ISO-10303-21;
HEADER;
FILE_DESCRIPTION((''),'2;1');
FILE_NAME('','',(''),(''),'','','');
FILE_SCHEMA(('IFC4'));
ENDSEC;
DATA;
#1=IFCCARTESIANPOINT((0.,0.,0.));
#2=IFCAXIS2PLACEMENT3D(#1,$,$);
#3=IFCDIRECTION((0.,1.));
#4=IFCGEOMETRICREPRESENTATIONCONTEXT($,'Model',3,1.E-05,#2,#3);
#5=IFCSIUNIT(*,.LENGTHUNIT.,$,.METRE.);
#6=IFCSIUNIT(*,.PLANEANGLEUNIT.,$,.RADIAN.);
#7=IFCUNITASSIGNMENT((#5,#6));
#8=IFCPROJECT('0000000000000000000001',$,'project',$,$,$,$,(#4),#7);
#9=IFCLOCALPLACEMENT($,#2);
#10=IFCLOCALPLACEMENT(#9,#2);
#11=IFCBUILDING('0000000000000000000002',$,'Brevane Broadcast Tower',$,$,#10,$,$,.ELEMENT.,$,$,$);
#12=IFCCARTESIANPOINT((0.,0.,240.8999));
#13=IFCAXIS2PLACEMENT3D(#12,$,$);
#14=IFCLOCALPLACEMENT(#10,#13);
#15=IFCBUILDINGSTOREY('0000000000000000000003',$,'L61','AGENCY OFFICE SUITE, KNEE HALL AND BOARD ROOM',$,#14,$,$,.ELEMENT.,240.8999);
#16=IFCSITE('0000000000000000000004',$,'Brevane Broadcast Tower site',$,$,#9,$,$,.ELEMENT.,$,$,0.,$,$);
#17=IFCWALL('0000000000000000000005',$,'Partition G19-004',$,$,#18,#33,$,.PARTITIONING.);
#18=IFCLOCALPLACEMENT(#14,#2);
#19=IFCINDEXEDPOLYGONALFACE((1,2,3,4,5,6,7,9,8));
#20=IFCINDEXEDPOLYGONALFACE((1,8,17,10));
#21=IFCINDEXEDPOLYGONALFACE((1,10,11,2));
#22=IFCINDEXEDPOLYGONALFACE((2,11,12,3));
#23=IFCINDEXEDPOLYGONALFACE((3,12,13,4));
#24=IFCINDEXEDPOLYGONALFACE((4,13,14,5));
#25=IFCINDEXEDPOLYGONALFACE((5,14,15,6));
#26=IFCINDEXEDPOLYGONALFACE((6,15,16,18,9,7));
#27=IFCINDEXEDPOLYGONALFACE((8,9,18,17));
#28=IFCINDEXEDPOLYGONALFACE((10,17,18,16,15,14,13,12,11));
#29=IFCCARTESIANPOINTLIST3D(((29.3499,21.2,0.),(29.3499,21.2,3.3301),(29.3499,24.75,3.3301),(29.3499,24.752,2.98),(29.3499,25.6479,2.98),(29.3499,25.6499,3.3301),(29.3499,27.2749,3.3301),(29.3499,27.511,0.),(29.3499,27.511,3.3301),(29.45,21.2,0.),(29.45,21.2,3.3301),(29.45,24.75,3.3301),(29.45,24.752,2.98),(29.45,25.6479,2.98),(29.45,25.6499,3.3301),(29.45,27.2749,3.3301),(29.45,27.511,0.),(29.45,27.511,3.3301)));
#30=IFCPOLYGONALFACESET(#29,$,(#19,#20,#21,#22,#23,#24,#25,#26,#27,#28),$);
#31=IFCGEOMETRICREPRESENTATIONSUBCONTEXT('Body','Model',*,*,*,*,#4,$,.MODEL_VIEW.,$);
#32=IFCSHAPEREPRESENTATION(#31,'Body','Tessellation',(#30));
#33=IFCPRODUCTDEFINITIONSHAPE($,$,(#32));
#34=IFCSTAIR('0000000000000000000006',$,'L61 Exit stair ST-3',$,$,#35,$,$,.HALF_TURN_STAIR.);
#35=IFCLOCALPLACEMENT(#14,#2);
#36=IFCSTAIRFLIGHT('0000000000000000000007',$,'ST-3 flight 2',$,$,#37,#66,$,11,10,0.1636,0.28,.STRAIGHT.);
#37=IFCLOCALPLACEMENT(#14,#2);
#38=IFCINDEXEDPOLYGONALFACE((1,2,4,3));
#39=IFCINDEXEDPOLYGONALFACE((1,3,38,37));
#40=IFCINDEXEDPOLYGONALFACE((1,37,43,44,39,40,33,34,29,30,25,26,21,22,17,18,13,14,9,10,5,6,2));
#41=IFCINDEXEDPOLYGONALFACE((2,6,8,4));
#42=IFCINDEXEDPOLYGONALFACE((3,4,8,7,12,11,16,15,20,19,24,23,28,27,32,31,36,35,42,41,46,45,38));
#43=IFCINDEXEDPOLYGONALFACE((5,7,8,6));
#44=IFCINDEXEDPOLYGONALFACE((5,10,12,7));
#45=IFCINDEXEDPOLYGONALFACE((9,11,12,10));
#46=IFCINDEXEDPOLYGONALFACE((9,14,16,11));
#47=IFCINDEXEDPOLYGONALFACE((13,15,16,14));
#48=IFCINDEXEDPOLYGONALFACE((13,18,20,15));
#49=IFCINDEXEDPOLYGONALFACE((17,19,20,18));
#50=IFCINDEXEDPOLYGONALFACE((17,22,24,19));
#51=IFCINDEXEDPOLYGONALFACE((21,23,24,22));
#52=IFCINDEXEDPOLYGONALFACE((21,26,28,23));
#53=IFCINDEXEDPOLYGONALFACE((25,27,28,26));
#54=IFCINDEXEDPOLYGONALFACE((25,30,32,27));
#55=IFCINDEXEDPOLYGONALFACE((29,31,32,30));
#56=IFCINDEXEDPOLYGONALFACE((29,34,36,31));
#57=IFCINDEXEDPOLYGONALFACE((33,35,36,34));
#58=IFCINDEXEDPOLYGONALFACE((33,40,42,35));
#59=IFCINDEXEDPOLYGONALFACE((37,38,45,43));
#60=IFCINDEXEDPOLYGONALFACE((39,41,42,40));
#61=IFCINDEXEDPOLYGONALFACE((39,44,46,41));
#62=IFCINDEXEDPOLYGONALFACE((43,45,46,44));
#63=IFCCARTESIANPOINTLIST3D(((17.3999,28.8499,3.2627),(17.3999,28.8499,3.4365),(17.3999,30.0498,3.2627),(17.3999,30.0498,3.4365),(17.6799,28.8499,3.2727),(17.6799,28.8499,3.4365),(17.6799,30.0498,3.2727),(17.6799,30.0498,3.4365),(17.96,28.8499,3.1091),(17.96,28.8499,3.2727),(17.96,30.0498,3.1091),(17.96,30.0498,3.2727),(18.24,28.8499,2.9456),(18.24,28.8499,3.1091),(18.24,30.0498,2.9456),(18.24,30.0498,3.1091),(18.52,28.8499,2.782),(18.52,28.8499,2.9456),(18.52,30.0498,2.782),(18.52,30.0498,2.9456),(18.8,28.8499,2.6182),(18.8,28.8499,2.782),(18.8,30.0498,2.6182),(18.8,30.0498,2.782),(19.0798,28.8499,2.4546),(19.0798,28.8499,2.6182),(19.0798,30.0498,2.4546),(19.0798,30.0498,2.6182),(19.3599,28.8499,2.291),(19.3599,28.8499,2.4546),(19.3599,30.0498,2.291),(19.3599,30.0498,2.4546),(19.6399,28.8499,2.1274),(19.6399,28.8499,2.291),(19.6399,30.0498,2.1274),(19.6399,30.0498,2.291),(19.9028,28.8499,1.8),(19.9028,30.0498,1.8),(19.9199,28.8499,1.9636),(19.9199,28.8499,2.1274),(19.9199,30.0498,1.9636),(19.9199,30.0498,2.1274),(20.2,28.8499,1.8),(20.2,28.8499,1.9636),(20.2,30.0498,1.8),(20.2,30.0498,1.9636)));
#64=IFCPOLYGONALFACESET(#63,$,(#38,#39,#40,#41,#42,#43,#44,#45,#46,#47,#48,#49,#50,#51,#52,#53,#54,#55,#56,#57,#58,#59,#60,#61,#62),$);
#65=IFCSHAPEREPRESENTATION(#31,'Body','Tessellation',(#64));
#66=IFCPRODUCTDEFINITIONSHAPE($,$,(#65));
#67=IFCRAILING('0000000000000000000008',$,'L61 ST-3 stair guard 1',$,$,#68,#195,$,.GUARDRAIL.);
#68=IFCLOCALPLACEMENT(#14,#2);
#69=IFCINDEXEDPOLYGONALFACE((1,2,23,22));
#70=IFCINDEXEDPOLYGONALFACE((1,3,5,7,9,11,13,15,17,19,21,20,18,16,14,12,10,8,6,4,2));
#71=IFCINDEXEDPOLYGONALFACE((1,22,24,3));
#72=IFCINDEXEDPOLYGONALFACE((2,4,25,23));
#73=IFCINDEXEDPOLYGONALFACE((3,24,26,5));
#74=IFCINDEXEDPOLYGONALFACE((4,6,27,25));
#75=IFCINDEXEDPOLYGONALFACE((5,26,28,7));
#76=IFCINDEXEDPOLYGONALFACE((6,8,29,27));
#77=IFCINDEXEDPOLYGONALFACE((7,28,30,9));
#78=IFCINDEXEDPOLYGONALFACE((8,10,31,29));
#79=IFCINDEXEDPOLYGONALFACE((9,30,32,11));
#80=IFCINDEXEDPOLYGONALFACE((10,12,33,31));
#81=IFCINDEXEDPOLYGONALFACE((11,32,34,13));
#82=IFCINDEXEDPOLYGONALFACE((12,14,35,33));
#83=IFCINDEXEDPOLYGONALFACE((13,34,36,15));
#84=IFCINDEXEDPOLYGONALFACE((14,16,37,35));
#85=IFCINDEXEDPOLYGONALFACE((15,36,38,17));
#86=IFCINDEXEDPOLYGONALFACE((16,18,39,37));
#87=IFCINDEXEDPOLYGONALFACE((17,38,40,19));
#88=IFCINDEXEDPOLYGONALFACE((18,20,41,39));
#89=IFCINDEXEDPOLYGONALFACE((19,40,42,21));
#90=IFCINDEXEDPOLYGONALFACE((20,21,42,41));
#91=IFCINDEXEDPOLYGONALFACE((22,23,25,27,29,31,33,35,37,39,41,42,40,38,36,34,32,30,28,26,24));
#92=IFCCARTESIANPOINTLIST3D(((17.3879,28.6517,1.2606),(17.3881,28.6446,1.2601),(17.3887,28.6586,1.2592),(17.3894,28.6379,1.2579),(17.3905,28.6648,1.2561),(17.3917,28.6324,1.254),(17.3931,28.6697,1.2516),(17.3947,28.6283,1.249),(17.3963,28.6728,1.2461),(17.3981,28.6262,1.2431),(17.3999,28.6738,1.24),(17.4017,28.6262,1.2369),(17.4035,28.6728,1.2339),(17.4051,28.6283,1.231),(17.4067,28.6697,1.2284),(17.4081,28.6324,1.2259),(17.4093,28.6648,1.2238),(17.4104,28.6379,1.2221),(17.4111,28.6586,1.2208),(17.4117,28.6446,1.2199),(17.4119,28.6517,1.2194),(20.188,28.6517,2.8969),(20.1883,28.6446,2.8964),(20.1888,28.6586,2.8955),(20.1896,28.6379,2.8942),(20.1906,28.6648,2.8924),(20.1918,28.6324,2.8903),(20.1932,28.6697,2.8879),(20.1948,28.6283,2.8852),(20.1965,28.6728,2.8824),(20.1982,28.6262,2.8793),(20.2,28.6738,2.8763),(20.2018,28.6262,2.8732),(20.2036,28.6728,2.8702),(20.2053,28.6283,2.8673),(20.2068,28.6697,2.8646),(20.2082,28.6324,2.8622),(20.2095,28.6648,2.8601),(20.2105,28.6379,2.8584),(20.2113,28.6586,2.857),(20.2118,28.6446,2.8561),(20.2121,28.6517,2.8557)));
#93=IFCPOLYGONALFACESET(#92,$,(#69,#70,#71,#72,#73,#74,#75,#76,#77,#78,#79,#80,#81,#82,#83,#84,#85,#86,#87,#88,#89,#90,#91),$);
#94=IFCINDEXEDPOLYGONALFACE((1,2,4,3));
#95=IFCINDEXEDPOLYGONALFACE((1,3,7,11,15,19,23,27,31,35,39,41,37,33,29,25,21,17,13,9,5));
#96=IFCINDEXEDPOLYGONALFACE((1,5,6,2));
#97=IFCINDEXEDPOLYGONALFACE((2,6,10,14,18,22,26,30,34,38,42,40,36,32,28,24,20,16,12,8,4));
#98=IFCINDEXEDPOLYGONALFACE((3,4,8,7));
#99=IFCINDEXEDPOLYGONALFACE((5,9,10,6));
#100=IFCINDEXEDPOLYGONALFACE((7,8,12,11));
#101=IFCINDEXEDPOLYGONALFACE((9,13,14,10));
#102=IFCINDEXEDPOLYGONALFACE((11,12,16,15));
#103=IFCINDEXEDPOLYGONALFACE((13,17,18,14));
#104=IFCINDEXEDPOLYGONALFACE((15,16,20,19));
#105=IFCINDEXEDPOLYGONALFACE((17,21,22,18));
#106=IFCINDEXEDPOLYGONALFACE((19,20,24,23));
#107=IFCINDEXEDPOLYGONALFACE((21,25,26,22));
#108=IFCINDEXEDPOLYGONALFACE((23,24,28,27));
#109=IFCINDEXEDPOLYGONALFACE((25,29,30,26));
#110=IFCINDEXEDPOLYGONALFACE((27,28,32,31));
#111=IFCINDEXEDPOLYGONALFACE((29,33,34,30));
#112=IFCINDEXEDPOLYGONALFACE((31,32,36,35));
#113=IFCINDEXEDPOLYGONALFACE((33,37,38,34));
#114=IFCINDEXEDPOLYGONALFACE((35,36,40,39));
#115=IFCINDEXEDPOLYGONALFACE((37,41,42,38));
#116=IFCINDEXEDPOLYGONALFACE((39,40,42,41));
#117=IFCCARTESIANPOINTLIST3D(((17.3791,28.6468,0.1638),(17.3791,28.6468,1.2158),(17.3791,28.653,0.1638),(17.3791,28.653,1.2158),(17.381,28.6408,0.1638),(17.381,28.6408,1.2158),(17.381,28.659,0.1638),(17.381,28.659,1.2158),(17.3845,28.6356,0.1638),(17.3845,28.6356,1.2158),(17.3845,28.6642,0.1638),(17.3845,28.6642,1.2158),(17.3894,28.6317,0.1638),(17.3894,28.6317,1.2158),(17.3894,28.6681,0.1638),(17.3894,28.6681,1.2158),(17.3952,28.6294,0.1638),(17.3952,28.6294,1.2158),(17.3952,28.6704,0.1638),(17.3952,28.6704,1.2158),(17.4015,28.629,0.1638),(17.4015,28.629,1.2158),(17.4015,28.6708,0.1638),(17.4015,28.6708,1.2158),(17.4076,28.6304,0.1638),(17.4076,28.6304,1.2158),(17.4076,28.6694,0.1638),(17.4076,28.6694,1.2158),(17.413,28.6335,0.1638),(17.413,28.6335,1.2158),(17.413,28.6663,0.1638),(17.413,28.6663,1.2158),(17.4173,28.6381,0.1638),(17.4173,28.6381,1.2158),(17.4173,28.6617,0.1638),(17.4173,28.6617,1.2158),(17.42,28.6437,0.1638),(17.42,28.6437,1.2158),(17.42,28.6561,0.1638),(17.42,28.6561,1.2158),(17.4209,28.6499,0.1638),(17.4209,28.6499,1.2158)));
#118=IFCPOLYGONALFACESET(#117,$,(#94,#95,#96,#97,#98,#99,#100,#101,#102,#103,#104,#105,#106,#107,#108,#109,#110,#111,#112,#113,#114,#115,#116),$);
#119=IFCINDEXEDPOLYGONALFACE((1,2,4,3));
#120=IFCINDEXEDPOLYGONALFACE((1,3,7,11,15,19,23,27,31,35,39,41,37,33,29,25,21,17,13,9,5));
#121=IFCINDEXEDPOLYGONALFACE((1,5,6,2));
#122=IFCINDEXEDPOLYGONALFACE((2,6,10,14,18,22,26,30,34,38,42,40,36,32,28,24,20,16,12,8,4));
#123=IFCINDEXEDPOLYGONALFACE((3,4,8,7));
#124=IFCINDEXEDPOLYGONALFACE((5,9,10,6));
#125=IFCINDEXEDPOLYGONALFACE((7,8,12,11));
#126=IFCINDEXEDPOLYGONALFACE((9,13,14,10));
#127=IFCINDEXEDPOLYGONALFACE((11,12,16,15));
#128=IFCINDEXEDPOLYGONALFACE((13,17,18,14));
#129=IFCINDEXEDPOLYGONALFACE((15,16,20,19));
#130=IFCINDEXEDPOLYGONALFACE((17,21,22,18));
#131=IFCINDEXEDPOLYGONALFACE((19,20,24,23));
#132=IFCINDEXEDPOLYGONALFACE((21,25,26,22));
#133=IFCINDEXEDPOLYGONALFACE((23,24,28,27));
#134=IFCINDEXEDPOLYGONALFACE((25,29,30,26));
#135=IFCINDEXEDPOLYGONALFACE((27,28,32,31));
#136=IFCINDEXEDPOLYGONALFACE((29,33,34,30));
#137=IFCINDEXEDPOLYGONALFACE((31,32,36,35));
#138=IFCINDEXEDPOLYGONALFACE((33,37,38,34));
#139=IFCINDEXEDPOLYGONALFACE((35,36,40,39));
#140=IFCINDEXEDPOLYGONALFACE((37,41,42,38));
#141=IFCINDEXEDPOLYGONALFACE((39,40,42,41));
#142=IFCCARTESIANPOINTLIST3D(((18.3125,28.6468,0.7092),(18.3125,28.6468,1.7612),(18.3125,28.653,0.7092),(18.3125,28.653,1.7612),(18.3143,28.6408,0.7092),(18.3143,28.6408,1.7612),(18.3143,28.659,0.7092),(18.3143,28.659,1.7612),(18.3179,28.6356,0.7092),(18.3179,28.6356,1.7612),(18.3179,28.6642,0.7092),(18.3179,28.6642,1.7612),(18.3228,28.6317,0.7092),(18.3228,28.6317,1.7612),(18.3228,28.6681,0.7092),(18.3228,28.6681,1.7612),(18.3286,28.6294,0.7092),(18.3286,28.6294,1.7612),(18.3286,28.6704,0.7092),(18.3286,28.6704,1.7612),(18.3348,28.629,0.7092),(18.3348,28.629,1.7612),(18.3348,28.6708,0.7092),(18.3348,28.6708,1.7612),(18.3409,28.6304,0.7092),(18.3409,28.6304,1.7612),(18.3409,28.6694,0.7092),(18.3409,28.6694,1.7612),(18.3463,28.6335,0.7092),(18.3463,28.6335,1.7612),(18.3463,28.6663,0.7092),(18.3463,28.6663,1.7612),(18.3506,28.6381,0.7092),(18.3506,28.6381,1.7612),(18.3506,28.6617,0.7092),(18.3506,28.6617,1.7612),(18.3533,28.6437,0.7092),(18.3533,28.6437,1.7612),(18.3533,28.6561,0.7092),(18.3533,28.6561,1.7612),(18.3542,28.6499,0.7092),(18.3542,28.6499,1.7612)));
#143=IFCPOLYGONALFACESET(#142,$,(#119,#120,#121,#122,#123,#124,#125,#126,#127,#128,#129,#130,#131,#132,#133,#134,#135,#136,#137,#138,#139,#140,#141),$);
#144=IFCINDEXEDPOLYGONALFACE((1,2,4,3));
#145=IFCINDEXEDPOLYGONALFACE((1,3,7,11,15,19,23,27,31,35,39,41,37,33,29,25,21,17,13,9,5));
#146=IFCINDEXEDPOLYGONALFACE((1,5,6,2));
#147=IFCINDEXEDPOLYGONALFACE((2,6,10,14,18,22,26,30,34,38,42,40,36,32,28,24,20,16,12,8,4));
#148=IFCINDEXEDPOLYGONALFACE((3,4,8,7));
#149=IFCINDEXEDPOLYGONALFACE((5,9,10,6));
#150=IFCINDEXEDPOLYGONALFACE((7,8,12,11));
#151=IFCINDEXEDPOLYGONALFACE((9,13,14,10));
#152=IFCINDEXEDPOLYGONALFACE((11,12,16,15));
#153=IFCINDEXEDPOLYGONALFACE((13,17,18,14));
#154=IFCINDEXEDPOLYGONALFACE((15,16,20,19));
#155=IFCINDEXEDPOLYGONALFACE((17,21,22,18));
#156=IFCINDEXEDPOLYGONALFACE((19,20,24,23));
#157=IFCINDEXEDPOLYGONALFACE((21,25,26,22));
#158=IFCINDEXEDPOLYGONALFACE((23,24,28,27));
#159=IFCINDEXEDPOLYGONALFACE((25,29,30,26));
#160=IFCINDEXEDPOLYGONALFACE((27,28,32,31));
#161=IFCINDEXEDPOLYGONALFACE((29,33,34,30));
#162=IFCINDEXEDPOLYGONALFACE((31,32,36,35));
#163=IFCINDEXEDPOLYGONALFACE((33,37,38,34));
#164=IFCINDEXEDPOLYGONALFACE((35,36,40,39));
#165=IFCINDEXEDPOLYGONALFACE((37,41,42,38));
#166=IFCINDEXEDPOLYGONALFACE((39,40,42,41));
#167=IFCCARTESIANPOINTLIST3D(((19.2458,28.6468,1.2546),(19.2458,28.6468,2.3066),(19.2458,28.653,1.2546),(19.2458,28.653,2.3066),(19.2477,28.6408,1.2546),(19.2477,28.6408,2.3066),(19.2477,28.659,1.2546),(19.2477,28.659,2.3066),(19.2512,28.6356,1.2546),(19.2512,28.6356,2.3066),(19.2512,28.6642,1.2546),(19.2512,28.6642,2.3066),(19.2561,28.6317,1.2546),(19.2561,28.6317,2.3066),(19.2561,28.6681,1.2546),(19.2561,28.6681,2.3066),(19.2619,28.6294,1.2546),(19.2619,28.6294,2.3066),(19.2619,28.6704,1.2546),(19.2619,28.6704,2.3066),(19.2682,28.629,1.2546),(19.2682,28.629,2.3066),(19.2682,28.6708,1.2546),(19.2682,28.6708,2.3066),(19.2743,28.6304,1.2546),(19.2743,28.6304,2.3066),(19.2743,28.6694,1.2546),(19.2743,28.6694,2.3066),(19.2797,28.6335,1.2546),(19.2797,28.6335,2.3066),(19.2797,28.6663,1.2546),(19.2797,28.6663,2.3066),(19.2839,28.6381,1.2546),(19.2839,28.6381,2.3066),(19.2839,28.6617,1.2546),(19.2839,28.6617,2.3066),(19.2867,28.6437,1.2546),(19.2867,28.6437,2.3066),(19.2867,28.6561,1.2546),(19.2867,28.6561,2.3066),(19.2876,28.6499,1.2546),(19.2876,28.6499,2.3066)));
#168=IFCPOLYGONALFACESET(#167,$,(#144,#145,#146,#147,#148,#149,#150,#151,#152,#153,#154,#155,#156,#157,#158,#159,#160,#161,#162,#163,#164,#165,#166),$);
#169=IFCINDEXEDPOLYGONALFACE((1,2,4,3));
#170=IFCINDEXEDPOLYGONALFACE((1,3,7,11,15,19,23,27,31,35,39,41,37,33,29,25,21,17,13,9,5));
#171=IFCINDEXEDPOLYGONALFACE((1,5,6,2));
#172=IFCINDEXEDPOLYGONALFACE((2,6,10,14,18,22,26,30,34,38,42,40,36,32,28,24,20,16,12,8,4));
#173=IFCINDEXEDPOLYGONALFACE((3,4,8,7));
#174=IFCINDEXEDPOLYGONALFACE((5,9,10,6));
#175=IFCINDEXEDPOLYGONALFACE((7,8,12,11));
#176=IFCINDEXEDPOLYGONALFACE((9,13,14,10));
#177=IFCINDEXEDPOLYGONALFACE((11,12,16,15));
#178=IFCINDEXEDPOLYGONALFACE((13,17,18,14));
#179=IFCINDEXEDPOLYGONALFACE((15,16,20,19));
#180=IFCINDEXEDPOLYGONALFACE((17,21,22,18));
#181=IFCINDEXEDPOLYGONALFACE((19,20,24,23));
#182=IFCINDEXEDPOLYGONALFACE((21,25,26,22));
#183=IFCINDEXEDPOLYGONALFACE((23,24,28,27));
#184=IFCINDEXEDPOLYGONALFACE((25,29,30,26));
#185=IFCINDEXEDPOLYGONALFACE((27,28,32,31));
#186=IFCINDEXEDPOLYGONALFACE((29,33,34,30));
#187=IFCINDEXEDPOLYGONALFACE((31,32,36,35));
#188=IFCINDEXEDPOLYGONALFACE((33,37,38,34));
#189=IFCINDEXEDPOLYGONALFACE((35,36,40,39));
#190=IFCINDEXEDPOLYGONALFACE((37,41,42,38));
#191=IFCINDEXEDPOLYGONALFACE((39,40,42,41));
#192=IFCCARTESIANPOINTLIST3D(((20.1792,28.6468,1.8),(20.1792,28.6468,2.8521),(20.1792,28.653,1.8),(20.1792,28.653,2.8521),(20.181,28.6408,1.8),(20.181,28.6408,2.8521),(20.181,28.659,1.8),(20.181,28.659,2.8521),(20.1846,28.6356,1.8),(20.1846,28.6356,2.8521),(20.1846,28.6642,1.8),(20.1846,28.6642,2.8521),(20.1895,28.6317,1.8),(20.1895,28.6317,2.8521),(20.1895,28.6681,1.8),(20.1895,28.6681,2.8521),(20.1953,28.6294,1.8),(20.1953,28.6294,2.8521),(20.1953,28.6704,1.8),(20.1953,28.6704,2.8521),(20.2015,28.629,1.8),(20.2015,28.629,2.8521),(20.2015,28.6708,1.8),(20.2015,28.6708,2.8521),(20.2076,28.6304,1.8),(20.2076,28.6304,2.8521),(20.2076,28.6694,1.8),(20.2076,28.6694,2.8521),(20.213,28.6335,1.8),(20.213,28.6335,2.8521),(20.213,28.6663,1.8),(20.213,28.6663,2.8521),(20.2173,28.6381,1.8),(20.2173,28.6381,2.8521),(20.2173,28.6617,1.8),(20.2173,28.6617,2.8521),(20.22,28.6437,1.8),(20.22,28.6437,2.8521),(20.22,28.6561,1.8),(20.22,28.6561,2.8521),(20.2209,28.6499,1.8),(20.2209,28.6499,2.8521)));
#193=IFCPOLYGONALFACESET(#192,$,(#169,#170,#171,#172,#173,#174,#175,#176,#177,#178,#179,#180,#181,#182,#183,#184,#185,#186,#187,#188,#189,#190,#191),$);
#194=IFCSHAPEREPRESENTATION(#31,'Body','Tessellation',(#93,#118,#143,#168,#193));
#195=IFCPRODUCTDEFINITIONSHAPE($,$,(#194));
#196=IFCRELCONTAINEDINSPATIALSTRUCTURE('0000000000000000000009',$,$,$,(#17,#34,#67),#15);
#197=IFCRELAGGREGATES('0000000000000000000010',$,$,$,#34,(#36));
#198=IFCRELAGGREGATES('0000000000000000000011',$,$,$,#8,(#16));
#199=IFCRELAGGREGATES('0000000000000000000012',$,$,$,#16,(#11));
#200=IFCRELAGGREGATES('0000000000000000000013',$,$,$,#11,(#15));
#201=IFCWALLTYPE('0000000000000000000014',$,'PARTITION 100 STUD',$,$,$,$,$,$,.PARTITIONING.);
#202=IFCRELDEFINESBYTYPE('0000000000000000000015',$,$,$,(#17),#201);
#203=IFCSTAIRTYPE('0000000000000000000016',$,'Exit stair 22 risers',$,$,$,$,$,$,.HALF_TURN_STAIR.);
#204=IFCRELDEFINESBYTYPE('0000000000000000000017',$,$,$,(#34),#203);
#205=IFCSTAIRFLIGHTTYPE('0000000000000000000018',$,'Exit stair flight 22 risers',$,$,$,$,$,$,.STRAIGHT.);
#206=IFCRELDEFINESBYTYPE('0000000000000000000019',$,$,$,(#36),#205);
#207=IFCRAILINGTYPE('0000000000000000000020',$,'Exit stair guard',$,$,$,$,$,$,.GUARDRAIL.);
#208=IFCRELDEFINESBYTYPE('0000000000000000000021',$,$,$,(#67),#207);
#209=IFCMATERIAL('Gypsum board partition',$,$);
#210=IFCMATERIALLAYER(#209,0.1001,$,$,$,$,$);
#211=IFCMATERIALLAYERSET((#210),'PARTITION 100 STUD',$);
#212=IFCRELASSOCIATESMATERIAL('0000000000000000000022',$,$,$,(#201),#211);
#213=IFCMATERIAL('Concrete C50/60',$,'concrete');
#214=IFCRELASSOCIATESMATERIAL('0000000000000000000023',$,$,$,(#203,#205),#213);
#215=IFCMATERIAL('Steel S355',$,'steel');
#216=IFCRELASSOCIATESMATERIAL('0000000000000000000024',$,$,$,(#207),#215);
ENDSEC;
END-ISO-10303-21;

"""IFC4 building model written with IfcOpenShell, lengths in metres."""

from ifc_helpers import new_model, si_unit, direction, frame, origin, origin_2d, place, context, subcontext, project, spatial, polyline, circle, outline, extrude, material, layer, layer_set, type_object, element, aggregate, save


model = new_model("IFC4")

# Units and contexts
model_context = context("Model", 3, precision=1e-05, world=origin(), true_north=direction((0.0, 1.0)))
body_context = subcontext(model_context, "Body", "Model", "MODEL_VIEW")
ifc_project = project(units=[si_unit("LENGTHUNIT", "METRE"), si_unit("PLANEANGLEUNIT", "RADIAN")], contexts=[model_context])

# Site, building, storey
site_placement = place(None, origin())
site = spatial("IfcSite", under=ifc_project, at=site_placement, Name="Brevane Broadcast Tower site", CompositionType="ELEMENT", RefElevation=0.0)
building_placement = place(site_placement, origin())
building = spatial("IfcBuilding", under=site, at=building_placement, Name="Brevane Broadcast Tower", CompositionType="ELEMENT")
storey_placement = place(building_placement, frame((0.0, 0.0, 240.8999)))
storey = spatial("IfcBuildingStorey", under=building, at=storey_placement, Name="L61", Description="AGENCY OFFICE SUITE, KNEE HALL AND BOARD ROOM", CompositionType="ELEMENT", Elevation=240.8999)

# Wall
ifc_material_1 = material(Name="Concrete C50/60", Category="concrete")
ifc_material_2 = material(Name="Gypsum board partition")
ifc_layer_1 = layer(ifc_material_2, 0.1001)
ifc_layer_set_1 = layer_set([ifc_layer_1], Name="PARTITION 100 STUD")
wall_type_1 = type_object("IfcWallType", Name="PARTITION 100 STUD", PredefinedType="PARTITIONING", material=ifc_layer_set_1)
wall_1_placement = place(storey_placement, frame((29.3999, 27.511, 0.0), z_axis=(0.0, 0.0, 1.0), x_axis=(0.0, -1.0, 0.0)))
element("IfcWall", 1, at=wall_1_placement, inside=storey, type_object=wall_type_1, Name="Partition G19-004", PredefinedType="PARTITIONING", context=body_context, shape_type="SweptSolid", body=[
    extrude(outline(polyline([(0.0, 0.0), (6.311, 0.0), (6.311, 3.3301), (2.761, 3.3301), (2.759, 2.98), (1.863, 2.98), (1.8611, 3.3301), (0.2361, 3.3301), (0.0, 3.3301), (0.0, 0.0)])), frame((0.0, 0.05, 0.0), z_axis=(0.0, -1.0, 0.0), x_axis=(1.0, 0.0, 0.0)), (0.0, 0.0, 1.0), 0.1001),
])

# Stair, stair flight
stair_type = type_object("IfcStairType", Name="Exit stair 22 risers", PredefinedType="HALF_TURN_STAIR", material=ifc_material_1)
stair_placement = place(storey_placement, origin())
stair = element("IfcStair", 2, at=stair_placement, inside=storey, type_object=stair_type, Name="L61 Exit stair ST-3", PredefinedType="HALF_TURN_STAIR")
stair_flight_type = type_object("IfcStairFlightType", Name="Exit stair flight 22 risers", PredefinedType="STRAIGHT", material=ifc_material_1)
stair_flight_placement = place(storey_placement, frame((20.2, 29.45, 1.8), z_axis=(0.0, 0.0, 1.0), x_axis=(-1.0, 0.0, 0.0)))
stair_flight = element("IfcStairFlight", 3, at=stair_flight_placement, type_object=stair_flight_type, Name="ST-3 flight 2", NumberOfRisers=11, NumberOfTreads=10, PredefinedType="STRAIGHT", RiserHeight=0.1636, TreadLength=0.28, context=body_context, shape_type="SweptSolid", body=[
    extrude(outline(polyline([(0.0, 0.0), (0.0, 0.1636), (0.28, 0.1636), (0.28, 0.3274), (0.5601, 0.3274), (0.5601, 0.491), (0.8401, 0.491), (0.8401, 0.6545), (1.1201, 0.6545), (1.1201, 0.8181), (1.3999, 0.8181), (1.3999, 0.9819), (1.6799, 0.9819), (1.6799, 1.1455), (1.96, 1.1455), (1.96, 1.3091), (2.24, 1.3091), (2.24, 1.4727), (2.52, 1.4727), (2.52, 1.6365), (2.8, 1.6365), (2.8, 1.8), (2.8, 1.4626), (0.2971, 0.0), (0.0, 0.0)])), frame((0.0, 0.6001, 0.0), z_axis=(0.0, -1.0, 0.0), x_axis=(1.0, 0.0, 0.0)), (0.0, 0.0, 1.0), 1.2),
])
aggregate(stair, [stair_flight])

# Railing
ifc_material_3 = material(Name="Steel S355", Category="steel")
railing_type_1 = type_object("IfcRailingType", Name="Exit stair guard", PredefinedType="GUARDRAIL", material=ifc_material_3)
railing_1_placement = place(storey_placement, frame((17.3999, 28.6499, 0.1638)))
element("IfcRailing", 4, at=railing_1_placement, inside=storey, type_object=railing_type_1, Name="L61 ST-3 stair guard 1", PredefinedType="GUARDRAIL", context=body_context, shape_type="SweptSolid", body=[
    extrude(circle(Radius=0.0239, at=origin_2d()), frame((0.0, 0.0, 1.0762), z_axis=(0.863394, 0.0, 0.504531), x_axis=(0.0, 1.0, 0.0)), (0.0, 0.0, 1.0), 3.2432),
    extrude(circle(Radius=0.021, at=origin_2d()), origin(), (0.0, 0.0, 1.0), 1.052),
    extrude(circle(Radius=0.021, at=origin_2d()), frame((0.9333, 0.0, 0.5454)), (0.0, 0.0, 1.0), 1.052),
    extrude(circle(Radius=0.021, at=origin_2d()), frame((1.8667, 0.0, 1.0908)), (0.0, 0.0, 1.0), 1.052),
    extrude(circle(Radius=0.021, at=origin_2d()), frame((2.8, 0.0, 1.6362)), (0.0, 0.0, 1.0), 1.052),
])

save(model, "model.ifc")
